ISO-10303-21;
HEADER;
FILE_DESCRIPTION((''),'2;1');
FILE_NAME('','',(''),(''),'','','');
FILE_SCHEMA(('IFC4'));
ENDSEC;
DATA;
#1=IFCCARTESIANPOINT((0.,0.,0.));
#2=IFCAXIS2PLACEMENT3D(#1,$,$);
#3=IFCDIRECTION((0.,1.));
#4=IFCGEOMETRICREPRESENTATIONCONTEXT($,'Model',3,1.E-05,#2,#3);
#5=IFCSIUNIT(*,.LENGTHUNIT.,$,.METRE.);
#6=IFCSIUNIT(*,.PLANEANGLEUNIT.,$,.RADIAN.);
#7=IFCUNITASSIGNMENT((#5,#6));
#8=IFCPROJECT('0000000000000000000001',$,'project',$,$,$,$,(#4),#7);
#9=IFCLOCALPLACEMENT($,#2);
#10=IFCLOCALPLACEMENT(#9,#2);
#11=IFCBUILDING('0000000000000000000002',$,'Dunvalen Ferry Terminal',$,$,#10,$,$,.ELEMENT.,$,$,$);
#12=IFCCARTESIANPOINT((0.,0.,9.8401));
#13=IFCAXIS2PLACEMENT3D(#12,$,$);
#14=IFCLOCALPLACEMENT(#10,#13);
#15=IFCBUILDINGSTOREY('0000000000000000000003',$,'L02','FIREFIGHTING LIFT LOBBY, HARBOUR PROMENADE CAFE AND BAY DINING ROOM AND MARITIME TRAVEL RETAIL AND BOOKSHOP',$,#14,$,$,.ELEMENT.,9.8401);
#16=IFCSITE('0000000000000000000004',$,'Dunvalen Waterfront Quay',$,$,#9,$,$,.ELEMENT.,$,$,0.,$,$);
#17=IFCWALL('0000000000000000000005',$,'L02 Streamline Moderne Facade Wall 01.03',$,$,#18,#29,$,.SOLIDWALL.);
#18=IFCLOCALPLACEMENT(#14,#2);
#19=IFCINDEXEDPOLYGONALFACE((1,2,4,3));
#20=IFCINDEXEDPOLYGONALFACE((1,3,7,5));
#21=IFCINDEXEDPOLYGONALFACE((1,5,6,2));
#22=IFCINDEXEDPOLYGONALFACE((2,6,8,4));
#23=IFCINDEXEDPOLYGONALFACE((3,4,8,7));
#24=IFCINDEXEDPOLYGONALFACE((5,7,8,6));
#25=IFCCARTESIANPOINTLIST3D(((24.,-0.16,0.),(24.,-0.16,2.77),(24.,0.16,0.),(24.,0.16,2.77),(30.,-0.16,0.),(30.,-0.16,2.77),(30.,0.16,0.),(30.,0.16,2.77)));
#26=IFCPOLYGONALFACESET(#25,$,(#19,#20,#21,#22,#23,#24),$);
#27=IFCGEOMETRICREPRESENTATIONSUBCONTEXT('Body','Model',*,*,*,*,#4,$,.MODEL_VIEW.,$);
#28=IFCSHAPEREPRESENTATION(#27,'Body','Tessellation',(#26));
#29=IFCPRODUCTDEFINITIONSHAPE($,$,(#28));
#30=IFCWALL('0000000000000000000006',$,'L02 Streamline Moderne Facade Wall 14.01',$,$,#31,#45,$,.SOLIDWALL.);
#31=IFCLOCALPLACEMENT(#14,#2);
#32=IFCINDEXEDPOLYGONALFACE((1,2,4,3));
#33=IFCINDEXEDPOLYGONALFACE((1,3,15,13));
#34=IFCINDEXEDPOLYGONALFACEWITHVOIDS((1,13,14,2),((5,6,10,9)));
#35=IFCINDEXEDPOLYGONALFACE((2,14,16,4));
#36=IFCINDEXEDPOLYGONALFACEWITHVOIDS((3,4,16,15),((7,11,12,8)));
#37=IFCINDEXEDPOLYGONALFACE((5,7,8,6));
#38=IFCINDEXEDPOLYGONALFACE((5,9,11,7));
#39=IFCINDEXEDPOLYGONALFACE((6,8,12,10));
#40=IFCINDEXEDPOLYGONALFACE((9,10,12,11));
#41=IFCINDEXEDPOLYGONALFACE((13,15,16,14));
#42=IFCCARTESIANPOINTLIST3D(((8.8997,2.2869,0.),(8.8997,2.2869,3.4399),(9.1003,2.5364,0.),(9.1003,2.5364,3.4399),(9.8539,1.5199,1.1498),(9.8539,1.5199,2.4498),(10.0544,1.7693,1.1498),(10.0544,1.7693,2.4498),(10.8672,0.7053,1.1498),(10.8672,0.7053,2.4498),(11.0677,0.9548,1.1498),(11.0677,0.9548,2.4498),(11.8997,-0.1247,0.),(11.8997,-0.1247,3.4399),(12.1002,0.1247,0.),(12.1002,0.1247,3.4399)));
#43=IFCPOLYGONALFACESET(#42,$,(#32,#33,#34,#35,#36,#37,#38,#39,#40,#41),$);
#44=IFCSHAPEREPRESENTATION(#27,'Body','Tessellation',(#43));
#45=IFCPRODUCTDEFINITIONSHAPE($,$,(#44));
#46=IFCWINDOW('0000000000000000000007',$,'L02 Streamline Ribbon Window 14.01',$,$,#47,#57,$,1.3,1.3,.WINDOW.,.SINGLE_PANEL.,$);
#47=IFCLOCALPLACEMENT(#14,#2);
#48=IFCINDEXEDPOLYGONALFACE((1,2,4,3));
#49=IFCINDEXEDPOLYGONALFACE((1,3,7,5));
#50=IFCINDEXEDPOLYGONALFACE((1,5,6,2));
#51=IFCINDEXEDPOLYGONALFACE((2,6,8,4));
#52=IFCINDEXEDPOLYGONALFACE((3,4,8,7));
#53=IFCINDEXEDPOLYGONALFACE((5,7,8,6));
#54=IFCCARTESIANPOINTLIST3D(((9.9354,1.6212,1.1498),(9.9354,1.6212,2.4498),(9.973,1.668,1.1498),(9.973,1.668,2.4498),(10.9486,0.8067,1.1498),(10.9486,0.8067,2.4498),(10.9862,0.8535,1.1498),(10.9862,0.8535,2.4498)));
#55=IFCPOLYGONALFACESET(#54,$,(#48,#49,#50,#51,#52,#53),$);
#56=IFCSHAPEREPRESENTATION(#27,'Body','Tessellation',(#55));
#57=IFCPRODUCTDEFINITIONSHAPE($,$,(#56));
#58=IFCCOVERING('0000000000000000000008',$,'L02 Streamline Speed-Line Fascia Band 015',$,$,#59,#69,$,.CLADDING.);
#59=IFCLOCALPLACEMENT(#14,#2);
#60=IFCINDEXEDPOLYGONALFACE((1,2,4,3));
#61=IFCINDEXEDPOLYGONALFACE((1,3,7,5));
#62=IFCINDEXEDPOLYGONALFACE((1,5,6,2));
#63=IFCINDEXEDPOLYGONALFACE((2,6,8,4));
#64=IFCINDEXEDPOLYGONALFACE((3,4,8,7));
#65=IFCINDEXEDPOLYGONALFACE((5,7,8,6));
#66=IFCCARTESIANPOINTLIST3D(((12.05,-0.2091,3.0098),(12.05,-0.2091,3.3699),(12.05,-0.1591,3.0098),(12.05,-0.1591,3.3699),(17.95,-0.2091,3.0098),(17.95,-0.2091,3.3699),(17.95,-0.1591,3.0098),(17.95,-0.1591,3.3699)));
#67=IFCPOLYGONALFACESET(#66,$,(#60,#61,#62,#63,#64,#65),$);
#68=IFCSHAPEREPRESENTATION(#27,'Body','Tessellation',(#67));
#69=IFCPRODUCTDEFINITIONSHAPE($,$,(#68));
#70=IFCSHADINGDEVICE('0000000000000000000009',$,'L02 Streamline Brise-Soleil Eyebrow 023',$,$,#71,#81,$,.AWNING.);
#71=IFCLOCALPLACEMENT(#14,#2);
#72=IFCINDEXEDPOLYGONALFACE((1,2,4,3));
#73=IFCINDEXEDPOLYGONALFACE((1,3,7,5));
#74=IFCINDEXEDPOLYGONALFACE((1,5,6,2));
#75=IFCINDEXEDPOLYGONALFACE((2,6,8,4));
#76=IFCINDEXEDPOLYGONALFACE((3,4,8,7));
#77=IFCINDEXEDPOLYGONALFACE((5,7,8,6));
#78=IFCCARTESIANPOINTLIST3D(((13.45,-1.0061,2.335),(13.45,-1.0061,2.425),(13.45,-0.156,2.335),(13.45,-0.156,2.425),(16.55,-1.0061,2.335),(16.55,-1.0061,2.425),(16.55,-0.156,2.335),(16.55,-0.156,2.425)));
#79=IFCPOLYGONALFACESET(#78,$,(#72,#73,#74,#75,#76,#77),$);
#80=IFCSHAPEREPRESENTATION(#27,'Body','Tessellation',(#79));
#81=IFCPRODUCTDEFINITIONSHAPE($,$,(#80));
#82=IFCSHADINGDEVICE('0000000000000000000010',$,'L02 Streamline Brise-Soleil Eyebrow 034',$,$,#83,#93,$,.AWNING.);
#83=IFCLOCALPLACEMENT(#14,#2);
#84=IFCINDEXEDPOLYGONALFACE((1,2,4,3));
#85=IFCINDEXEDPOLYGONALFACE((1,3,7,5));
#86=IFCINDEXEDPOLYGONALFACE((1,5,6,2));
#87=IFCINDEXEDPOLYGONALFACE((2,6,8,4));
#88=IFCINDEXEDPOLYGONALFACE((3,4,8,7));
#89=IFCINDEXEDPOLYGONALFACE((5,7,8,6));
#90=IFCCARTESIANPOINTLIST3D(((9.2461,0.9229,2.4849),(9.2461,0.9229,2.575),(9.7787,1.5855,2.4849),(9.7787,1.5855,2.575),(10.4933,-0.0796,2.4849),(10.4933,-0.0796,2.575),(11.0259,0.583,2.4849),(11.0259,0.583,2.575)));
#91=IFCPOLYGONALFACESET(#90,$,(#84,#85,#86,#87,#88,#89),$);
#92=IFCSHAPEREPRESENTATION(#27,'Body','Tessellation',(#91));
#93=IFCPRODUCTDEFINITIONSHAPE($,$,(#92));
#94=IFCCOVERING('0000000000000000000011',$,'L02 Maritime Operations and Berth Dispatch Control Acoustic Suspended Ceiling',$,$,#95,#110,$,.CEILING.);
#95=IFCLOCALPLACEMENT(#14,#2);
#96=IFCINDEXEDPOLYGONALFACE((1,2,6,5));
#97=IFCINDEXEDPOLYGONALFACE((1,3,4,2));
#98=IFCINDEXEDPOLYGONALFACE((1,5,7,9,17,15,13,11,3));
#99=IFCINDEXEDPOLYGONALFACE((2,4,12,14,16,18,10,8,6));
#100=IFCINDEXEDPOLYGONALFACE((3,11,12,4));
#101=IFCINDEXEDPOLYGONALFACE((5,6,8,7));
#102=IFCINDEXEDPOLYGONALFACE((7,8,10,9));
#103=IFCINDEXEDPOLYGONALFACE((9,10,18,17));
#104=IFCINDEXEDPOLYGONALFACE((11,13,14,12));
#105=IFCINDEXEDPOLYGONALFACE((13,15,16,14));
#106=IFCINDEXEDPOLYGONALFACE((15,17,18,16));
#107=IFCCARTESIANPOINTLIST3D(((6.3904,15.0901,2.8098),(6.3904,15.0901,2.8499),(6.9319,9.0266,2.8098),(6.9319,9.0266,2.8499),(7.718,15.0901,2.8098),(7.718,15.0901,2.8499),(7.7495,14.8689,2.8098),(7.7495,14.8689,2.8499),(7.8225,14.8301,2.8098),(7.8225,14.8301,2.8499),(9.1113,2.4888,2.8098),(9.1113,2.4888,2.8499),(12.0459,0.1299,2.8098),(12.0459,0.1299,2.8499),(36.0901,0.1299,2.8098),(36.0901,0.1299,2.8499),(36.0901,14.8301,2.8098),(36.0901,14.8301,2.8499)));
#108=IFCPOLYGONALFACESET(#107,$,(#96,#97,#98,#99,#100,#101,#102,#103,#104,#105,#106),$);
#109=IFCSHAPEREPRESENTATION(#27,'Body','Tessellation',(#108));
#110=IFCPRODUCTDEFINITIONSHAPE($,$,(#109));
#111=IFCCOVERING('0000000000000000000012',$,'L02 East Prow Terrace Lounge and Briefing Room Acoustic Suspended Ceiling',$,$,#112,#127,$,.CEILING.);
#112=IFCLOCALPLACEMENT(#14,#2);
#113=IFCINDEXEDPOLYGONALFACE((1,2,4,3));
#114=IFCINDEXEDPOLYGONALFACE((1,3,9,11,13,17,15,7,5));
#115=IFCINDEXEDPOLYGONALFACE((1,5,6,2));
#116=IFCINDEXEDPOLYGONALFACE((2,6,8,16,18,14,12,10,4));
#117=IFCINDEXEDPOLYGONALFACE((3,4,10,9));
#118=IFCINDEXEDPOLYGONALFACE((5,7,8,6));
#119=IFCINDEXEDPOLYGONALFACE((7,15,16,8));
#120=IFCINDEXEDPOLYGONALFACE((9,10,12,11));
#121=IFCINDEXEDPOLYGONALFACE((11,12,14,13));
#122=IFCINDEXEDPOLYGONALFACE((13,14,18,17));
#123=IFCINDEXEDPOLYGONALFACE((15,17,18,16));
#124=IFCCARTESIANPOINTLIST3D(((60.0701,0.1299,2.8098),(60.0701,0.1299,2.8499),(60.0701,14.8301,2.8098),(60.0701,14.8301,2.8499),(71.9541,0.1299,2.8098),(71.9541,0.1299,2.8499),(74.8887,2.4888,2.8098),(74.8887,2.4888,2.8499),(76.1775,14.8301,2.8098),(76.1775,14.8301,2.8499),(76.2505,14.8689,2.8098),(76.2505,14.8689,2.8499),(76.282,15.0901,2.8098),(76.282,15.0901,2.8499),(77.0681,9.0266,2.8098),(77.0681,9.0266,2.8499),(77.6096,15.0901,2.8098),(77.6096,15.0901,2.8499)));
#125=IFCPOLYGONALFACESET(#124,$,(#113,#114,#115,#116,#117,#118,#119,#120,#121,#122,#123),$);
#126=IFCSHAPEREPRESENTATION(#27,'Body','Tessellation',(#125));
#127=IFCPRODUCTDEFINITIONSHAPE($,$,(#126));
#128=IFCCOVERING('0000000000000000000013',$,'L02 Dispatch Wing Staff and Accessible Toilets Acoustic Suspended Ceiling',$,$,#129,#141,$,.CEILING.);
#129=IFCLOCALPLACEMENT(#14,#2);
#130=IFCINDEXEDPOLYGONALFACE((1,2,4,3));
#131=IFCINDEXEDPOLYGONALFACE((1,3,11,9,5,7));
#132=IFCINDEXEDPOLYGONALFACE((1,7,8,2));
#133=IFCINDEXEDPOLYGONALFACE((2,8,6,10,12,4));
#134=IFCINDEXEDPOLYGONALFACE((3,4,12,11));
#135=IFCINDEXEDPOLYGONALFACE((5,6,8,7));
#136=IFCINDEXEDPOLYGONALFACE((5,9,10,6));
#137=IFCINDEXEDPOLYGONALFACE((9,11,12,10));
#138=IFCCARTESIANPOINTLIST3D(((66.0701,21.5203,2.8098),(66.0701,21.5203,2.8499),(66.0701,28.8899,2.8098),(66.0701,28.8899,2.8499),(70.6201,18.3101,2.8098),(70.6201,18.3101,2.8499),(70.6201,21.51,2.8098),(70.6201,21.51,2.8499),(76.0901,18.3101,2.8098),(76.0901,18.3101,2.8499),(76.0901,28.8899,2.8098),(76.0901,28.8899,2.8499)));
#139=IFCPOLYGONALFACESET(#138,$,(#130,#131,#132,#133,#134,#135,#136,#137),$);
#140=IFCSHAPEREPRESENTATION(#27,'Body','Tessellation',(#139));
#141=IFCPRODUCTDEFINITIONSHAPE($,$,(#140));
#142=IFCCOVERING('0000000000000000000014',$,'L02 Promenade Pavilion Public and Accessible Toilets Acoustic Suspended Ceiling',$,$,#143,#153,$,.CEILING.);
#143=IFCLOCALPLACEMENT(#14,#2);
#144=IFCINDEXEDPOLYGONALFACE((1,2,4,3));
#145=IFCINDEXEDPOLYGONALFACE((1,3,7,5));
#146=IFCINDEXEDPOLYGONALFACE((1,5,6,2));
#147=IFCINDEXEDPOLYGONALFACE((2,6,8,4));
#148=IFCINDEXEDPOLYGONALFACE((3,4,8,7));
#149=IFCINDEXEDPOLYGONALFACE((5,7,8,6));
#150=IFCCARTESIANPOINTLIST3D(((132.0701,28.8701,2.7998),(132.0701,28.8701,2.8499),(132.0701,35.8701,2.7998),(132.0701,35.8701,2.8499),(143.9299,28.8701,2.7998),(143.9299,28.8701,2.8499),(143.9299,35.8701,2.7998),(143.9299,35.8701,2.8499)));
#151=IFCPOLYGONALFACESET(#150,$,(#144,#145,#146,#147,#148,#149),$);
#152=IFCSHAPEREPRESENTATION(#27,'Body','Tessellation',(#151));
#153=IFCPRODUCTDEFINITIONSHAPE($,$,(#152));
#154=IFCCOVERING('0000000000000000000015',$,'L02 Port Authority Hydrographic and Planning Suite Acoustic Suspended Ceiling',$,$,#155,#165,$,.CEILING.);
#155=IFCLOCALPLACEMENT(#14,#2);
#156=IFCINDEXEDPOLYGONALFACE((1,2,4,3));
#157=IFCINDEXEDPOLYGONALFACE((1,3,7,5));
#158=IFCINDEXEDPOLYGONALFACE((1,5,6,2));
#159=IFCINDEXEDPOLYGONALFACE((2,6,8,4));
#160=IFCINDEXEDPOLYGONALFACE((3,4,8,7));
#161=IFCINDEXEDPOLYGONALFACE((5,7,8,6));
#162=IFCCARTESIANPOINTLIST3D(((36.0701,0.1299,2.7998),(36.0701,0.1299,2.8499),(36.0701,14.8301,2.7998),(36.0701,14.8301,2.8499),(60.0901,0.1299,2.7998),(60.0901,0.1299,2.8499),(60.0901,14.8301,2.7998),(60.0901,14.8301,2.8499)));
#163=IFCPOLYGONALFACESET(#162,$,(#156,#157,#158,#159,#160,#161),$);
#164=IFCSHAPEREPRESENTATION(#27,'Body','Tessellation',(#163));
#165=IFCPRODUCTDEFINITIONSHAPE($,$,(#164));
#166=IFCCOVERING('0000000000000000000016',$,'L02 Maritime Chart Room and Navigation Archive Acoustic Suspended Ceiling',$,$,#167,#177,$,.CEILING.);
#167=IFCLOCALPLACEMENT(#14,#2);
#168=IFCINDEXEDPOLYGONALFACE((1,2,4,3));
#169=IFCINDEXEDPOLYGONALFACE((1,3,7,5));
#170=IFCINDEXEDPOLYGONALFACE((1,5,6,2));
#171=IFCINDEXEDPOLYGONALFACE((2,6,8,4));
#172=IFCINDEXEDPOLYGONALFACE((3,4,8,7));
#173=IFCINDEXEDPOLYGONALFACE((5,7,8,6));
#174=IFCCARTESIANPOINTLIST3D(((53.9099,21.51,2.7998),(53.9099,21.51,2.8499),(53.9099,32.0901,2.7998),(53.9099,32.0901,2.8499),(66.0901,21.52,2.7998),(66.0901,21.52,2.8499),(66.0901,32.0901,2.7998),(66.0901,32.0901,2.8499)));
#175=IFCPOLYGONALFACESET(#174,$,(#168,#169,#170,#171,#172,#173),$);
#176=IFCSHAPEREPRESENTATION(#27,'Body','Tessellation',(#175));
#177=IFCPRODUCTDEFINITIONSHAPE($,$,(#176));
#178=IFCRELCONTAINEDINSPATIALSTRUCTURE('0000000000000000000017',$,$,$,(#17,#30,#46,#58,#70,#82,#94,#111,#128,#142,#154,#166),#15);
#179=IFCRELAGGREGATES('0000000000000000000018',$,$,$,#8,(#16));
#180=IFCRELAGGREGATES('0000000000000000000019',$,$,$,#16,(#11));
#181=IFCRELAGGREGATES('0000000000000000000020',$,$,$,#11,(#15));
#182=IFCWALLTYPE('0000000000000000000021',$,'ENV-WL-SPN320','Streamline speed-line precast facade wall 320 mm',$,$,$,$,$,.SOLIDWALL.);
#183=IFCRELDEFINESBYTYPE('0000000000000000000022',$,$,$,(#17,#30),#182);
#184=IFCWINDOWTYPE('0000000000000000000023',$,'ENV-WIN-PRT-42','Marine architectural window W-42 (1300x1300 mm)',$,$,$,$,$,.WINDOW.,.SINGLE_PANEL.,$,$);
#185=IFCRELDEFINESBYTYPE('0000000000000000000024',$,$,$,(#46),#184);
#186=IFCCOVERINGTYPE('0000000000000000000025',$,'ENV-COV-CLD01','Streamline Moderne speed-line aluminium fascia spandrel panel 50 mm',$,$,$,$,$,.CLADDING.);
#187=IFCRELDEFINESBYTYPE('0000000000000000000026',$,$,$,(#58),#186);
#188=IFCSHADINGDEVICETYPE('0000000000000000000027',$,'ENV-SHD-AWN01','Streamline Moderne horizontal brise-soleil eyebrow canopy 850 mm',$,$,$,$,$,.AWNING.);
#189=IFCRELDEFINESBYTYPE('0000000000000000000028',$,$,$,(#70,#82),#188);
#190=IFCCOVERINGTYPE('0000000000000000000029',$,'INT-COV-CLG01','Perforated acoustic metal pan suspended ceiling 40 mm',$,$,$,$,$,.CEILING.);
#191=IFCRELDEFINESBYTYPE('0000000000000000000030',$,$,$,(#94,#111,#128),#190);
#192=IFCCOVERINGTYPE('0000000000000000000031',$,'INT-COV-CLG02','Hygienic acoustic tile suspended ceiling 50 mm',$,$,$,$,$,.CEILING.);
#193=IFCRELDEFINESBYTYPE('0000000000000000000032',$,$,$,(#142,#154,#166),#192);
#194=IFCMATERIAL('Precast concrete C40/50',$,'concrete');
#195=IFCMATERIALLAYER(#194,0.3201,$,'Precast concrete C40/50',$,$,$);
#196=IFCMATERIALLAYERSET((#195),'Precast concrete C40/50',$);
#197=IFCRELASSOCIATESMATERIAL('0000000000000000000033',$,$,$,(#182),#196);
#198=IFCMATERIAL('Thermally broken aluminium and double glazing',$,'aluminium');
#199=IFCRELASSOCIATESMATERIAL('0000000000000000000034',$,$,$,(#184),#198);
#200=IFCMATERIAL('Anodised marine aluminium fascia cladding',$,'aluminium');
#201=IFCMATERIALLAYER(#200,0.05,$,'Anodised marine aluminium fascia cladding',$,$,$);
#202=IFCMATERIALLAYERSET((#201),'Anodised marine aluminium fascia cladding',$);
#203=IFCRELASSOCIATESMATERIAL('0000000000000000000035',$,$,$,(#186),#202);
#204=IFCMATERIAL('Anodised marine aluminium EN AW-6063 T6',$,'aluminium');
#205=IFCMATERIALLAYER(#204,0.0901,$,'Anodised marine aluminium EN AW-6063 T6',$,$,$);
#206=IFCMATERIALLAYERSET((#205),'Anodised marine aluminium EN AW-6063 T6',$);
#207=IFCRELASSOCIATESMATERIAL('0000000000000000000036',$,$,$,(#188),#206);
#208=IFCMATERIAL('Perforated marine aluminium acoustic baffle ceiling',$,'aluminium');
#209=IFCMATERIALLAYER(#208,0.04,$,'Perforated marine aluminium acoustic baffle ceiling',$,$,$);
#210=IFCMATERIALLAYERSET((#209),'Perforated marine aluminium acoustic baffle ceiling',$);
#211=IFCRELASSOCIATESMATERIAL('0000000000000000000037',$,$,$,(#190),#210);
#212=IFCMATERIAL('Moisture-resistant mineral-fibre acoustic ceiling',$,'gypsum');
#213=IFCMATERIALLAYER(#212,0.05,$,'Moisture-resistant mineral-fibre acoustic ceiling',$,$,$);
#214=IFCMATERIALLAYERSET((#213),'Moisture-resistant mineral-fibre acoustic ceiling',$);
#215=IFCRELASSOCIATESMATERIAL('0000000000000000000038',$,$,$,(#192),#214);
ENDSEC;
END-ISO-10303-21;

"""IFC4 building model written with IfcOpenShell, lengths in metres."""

from ifc_helpers import new_model, si_unit, direction, frame, frame_2d, origin, origin_2d, place, context, subcontext, project, spatial, polyline, rectangle, outline, extrude, material, layer, layer_set, type_object, element, fill, save


model = new_model("IFC4")

# Units and contexts
model_context = context("Model", 3, precision=1e-05, world=origin(), true_north=direction((0.0, 1.0)))
body_context = subcontext(model_context, "Body", "Model", "MODEL_VIEW")
ifc_project = project(units=[si_unit("LENGTHUNIT", "METRE"), si_unit("PLANEANGLEUNIT", "RADIAN")], contexts=[model_context])

# Site, building, storey
site_placement = place(None, origin())
site = spatial("IfcSite", under=ifc_project, at=site_placement, Name="Dunvalen Waterfront Quay", CompositionType="ELEMENT", RefElevation=0.0)
building_placement = place(site_placement, origin())
building = spatial("IfcBuilding", under=site, at=building_placement, Name="Dunvalen Ferry Terminal", CompositionType="ELEMENT")
storey_placement = place(building_placement, frame((0.0, 0.0, 9.8401)))
storey = spatial("IfcBuildingStorey", under=building, at=storey_placement, Name="L02", Description="FIREFIGHTING LIFT LOBBY, HARBOUR PROMENADE CAFE AND BAY DINING ROOM AND MARITIME TRAVEL RETAIL AND BOOKSHOP", CompositionType="ELEMENT", Elevation=9.8401)

# Shared definitions
ifc_material_1 = material(Name="Precast concrete C40/50", Category="concrete")
ifc_layer_1 = layer(ifc_material_1, 0.3201, Name="Precast concrete C40/50")
ifc_layer_set_1 = layer_set([ifc_layer_1], Name="Precast concrete C40/50")
wall_type = type_object("IfcWallType", Name="ENV-WL-SPN320", Description="Streamline speed-line precast facade wall 320 mm", PredefinedType="SOLIDWALL", material=ifc_layer_set_1)
ifc_material_2 = material(Name="Thermally broken aluminium and double glazing", Category="aluminium")

# Wall
for number, where, z_axis, x_axis, name in (
    (1, (24.0, 0.0, 0.0), (0.0, 0.0, 1.0), (1.0, 0.0, 0.0), "L02 Streamline Moderne Facade Wall 01.03"),
):
    element("IfcWall", number, at=place(storey_placement, frame(where, z_axis=z_axis, x_axis=x_axis)), inside=storey, type_object=wall_type, Name=name, PredefinedType="SOLIDWALL", context=body_context, shape_type="SweptSolid", body=[
        extrude(rectangle(XDim=6.0, YDim=0.3201, at=frame_2d((3.0, 0.0))), origin(), (0.0, 0.0, 1.0), 2.77),
    ])

# Wall, opening, window
wall_1_placement = place(storey_placement, frame((9.0, 2.4116, 0.0), z_axis=(0.0, 0.0, 1.0), x_axis=(0.779394, -0.626534, 0.0)))
wall_1 = element("IfcWall", 2, at=wall_1_placement, inside=storey, type_object=wall_type, Name="L02 Streamline Moderne Facade Wall 14.01", PredefinedType="SOLIDWALL", context=body_context, shape_type="SweptSolid", body=[
    extrude(rectangle(XDim=3.8491, YDim=0.3201, at=frame_2d((1.9246, 0.0))), origin(), (0.0, 0.0, 1.0), 3.4399),
])
opening_1_placement = place(wall_1_placement, frame((1.2244, 0.0, 1.1499)))
opening_1 = element("IfcOpeningElement", 3, at=opening_1_placement, cuts=wall_1, PredefinedType="OPENING", context=body_context, shape_type="SweptSolid", body=[
    extrude(rectangle(XDim=1.3, YDim=1.3, at=frame_2d((0.6499, 0.6499))), frame((0.0, 0.1699, 0.0), z_axis=(0.0, -1.0, 0.0), x_axis=(1.0, 0.0, 0.0)), (0.0, 0.0, 1.0), 0.3401),
])
window_type_1 = type_object("IfcWindowType", Name="ENV-WIN-PRT-42", Description="Marine architectural window W-42 (1300x1300 mm)", PartitioningType="SINGLE_PANEL", PredefinedType="WINDOW", material=ifc_material_2)
window_1_placement = place(opening_1_placement, origin())
window_1 = element("IfcWindow", 4, at=window_1_placement, inside=storey, type_object=window_type_1, Name="L02 Streamline Ribbon Window 14.01", OverallHeight=1.3, OverallWidth=1.3, PartitioningType="SINGLE_PANEL", PredefinedType="WINDOW", context=body_context, shape_type="SweptSolid", body=[
    extrude(rectangle(XDim=1.3, YDim=1.3, at=frame_2d((0.6499, 0.6499))), frame((0.0, 0.03, 0.0), z_axis=(0.0, -1.0, 0.0), x_axis=(1.0, 0.0, 0.0)), (0.0, 0.0, 1.0), 0.0601),
])
fill(opening_1, window_1)

# Covering
ifc_material_3 = material(Name="Anodised marine aluminium fascia cladding", Category="aluminium")
ifc_layer_2 = layer(ifc_material_3, 0.05, Name="Anodised marine aluminium fascia cladding")
ifc_layer_set_2 = layer_set([ifc_layer_2], Name="Anodised marine aluminium fascia cladding")
covering_type_1 = type_object("IfcCoveringType", Name="ENV-COV-CLD01", Description="Streamline Moderne speed-line aluminium fascia spandrel panel 50 mm", PredefinedType="CLADDING", material=ifc_layer_set_2)
covering_1_placement = place(storey_placement, frame((15.0, -0.1841, 3.0098), z_axis=(0.0, 0.0, 1.0), x_axis=(1.0, 0.0, 0.0)))
element("IfcCovering", 5, at=covering_1_placement, inside=storey, type_object=covering_type_1, Name="L02 Streamline Speed-Line Fascia Band 015", PredefinedType="CLADDING", context=body_context, shape_type="SweptSolid", body=[
    extrude(rectangle(XDim=5.8999, YDim=0.05, at=origin_2d()), origin(), (0.0, 0.0, 1.0), 0.3601),
])

# Shading devices
ifc_material_4 = material(Name="Anodised marine aluminium EN AW-6063 T6", Category="aluminium")
ifc_layer_3 = layer(ifc_material_4, 0.0901, Name="Anodised marine aluminium EN AW-6063 T6")
ifc_layer_set_3 = layer_set([ifc_layer_3], Name="Anodised marine aluminium EN AW-6063 T6")
shading_device_type = type_object("IfcShadingDeviceType", Name="ENV-SHD-AWN01", Description="Streamline Moderne horizontal brise-soleil eyebrow canopy 850 mm", PredefinedType="AWNING", material=ifc_layer_set_3)
shading_device_1_placement = place(storey_placement, frame((15.0, -0.5811, 2.335), z_axis=(0.0, 0.0, 1.0), x_axis=(1.0, 0.0, 0.0)))
element("IfcShadingDevice", 6, at=shading_device_1_placement, inside=storey, type_object=shading_device_type, Name="L02 Streamline Brise-Soleil Eyebrow 023", PredefinedType="AWNING", context=body_context, shape_type="SweptSolid", body=[
    extrude(rectangle(XDim=3.1001, YDim=0.8501, at=origin_2d()), origin(), (0.0, 0.0, 1.0), 0.0901),
])
shading_device_2_placement = place(storey_placement, frame((10.136, 0.7529, 2.4849), z_axis=(0.0, 0.0, 1.0), x_axis=(0.779409, -0.626515, 0.0)))
element("IfcShadingDevice", 7, at=shading_device_2_placement, inside=storey, type_object=shading_device_type, Name="L02 Streamline Brise-Soleil Eyebrow 034", PredefinedType="AWNING", context=body_context, shape_type="SweptSolid", body=[
    extrude(rectangle(XDim=1.6001, YDim=0.8501, at=origin_2d()), origin(), (0.0, 0.0, 1.0), 0.0901),
])

# Coverings
ifc_material_5 = material(Name="Perforated marine aluminium acoustic baffle ceiling", Category="aluminium")
ifc_layer_4 = layer(ifc_material_5, 0.04, Name="Perforated marine aluminium acoustic baffle ceiling")
ifc_layer_set_4 = layer_set([ifc_layer_4], Name="Perforated marine aluminium acoustic baffle ceiling")
covering_type_2 = type_object("IfcCoveringType", Name="INT-COV-CLG01", Description="Perforated acoustic metal pan suspended ceiling 40 mm", PredefinedType="CEILING", material=ifc_layer_set_4)
covering_2_placement = place(storey_placement, frame((0.0, 0.0, 2.8098)))
element("IfcCovering", 8, at=covering_2_placement, inside=storey, type_object=covering_type_2, Name="L02 Maritime Operations and Berth Dispatch Control Acoustic Suspended Ceiling", PredefinedType="CEILING", context=body_context, shape_type="SweptSolid", body=[
    extrude(outline(polyline([(7.8225, 14.8301), (7.7495, 14.8689), (7.718, 15.0901), (6.3904, 15.0901), (6.9319, 9.0266), (9.1113, 2.4888), (12.0459, 0.1299), (36.0901, 0.1299), (36.0901, 14.8301), (7.8225, 14.8301)])), origin(), (0.0, 0.0, 1.0), 0.04),
])
covering_3_placement = place(storey_placement, frame((0.0, 0.0, 2.8098)))
element("IfcCovering", 9, at=covering_3_placement, inside=storey, type_object=covering_type_2, Name="L02 East Prow Terrace Lounge and Briefing Room Acoustic Suspended Ceiling", PredefinedType="CEILING", context=body_context, shape_type="SweptSolid", body=[
    extrude(outline(polyline([(77.6096, 15.0901), (76.282, 15.0901), (76.2505, 14.8689), (76.1775, 14.8301), (60.0701, 14.8301), (60.0701, 0.1299), (71.9541, 0.1299), (74.8887, 2.4888), (77.0681, 9.0266), (77.6096, 15.0901)])), origin(), (0.0, 0.0, 1.0), 0.04),
])
covering_4_placement = place(storey_placement, frame((0.0, 0.0, 2.8098)))
element("IfcCovering", 10, at=covering_4_placement, inside=storey, type_object=covering_type_2, Name="L02 Dispatch Wing Staff and Accessible Toilets Acoustic Suspended Ceiling", PredefinedType="CEILING", context=body_context, shape_type="SweptSolid", body=[
    extrude(outline(polyline([(70.6201, 18.3101), (76.0901, 18.3101), (76.0901, 28.8899), (66.0701, 28.8899), (66.0701, 21.5203), (70.6201, 21.51), (70.6201, 18.3101)])), origin(), (0.0, 0.0, 1.0), 0.04),
])
ifc_material_6 = material(Name="Moisture-resistant mineral-fibre acoustic ceiling", Category="gypsum")
ifc_layer_5 = layer(ifc_material_6, 0.05, Name="Moisture-resistant mineral-fibre acoustic ceiling")
ifc_layer_set_5 = layer_set([ifc_layer_5], Name="Moisture-resistant mineral-fibre acoustic ceiling")
covering_type_3 = type_object("IfcCoveringType", Name="INT-COV-CLG02", Description="Hygienic acoustic tile suspended ceiling 50 mm", PredefinedType="CEILING", material=ifc_layer_set_5)
covering_5_placement = place(storey_placement, frame((0.0, 0.0, 2.7998)))
element("IfcCovering", 11, at=covering_5_placement, inside=storey, type_object=covering_type_3, Name="L02 Promenade Pavilion Public and Accessible Toilets Acoustic Suspended Ceiling", PredefinedType="CEILING", context=body_context, shape_type="SweptSolid", body=[
    extrude(outline(polyline([(143.9299, 35.8701), (132.0701, 35.8701), (132.0701, 28.8701), (143.9299, 28.8701), (143.9299, 35.8701)])), origin(), (0.0, 0.0, 1.0), 0.05),
])
covering_6_placement = place(storey_placement, frame((0.0, 0.0, 2.7998)))
element("IfcCovering", 12, at=covering_6_placement, inside=storey, type_object=covering_type_3, Name="L02 Port Authority Hydrographic and Planning Suite Acoustic Suspended Ceiling", PredefinedType="CEILING", context=body_context, shape_type="SweptSolid", body=[
    extrude(outline(polyline([(60.0901, 14.8301), (36.0701, 14.8301), (36.0701, 0.1299), (60.0901, 0.1299), (60.0901, 14.8301)])), origin(), (0.0, 0.0, 1.0), 0.05),
])
covering_7_placement = place(storey_placement, frame((0.0, 0.0, 2.7998)))
element("IfcCovering", 13, at=covering_7_placement, inside=storey, type_object=covering_type_3, Name="L02 Maritime Chart Room and Navigation Archive Acoustic Suspended Ceiling", PredefinedType="CEILING", context=body_context, shape_type="SweptSolid", body=[
    extrude(outline(polyline([(53.9099, 32.0901), (53.9099, 21.51), (66.0901, 21.52), (66.0901, 32.0901), (53.9099, 32.0901)])), origin(), (0.0, 0.0, 1.0), 0.05),
])

save(model, "model.ifc")
